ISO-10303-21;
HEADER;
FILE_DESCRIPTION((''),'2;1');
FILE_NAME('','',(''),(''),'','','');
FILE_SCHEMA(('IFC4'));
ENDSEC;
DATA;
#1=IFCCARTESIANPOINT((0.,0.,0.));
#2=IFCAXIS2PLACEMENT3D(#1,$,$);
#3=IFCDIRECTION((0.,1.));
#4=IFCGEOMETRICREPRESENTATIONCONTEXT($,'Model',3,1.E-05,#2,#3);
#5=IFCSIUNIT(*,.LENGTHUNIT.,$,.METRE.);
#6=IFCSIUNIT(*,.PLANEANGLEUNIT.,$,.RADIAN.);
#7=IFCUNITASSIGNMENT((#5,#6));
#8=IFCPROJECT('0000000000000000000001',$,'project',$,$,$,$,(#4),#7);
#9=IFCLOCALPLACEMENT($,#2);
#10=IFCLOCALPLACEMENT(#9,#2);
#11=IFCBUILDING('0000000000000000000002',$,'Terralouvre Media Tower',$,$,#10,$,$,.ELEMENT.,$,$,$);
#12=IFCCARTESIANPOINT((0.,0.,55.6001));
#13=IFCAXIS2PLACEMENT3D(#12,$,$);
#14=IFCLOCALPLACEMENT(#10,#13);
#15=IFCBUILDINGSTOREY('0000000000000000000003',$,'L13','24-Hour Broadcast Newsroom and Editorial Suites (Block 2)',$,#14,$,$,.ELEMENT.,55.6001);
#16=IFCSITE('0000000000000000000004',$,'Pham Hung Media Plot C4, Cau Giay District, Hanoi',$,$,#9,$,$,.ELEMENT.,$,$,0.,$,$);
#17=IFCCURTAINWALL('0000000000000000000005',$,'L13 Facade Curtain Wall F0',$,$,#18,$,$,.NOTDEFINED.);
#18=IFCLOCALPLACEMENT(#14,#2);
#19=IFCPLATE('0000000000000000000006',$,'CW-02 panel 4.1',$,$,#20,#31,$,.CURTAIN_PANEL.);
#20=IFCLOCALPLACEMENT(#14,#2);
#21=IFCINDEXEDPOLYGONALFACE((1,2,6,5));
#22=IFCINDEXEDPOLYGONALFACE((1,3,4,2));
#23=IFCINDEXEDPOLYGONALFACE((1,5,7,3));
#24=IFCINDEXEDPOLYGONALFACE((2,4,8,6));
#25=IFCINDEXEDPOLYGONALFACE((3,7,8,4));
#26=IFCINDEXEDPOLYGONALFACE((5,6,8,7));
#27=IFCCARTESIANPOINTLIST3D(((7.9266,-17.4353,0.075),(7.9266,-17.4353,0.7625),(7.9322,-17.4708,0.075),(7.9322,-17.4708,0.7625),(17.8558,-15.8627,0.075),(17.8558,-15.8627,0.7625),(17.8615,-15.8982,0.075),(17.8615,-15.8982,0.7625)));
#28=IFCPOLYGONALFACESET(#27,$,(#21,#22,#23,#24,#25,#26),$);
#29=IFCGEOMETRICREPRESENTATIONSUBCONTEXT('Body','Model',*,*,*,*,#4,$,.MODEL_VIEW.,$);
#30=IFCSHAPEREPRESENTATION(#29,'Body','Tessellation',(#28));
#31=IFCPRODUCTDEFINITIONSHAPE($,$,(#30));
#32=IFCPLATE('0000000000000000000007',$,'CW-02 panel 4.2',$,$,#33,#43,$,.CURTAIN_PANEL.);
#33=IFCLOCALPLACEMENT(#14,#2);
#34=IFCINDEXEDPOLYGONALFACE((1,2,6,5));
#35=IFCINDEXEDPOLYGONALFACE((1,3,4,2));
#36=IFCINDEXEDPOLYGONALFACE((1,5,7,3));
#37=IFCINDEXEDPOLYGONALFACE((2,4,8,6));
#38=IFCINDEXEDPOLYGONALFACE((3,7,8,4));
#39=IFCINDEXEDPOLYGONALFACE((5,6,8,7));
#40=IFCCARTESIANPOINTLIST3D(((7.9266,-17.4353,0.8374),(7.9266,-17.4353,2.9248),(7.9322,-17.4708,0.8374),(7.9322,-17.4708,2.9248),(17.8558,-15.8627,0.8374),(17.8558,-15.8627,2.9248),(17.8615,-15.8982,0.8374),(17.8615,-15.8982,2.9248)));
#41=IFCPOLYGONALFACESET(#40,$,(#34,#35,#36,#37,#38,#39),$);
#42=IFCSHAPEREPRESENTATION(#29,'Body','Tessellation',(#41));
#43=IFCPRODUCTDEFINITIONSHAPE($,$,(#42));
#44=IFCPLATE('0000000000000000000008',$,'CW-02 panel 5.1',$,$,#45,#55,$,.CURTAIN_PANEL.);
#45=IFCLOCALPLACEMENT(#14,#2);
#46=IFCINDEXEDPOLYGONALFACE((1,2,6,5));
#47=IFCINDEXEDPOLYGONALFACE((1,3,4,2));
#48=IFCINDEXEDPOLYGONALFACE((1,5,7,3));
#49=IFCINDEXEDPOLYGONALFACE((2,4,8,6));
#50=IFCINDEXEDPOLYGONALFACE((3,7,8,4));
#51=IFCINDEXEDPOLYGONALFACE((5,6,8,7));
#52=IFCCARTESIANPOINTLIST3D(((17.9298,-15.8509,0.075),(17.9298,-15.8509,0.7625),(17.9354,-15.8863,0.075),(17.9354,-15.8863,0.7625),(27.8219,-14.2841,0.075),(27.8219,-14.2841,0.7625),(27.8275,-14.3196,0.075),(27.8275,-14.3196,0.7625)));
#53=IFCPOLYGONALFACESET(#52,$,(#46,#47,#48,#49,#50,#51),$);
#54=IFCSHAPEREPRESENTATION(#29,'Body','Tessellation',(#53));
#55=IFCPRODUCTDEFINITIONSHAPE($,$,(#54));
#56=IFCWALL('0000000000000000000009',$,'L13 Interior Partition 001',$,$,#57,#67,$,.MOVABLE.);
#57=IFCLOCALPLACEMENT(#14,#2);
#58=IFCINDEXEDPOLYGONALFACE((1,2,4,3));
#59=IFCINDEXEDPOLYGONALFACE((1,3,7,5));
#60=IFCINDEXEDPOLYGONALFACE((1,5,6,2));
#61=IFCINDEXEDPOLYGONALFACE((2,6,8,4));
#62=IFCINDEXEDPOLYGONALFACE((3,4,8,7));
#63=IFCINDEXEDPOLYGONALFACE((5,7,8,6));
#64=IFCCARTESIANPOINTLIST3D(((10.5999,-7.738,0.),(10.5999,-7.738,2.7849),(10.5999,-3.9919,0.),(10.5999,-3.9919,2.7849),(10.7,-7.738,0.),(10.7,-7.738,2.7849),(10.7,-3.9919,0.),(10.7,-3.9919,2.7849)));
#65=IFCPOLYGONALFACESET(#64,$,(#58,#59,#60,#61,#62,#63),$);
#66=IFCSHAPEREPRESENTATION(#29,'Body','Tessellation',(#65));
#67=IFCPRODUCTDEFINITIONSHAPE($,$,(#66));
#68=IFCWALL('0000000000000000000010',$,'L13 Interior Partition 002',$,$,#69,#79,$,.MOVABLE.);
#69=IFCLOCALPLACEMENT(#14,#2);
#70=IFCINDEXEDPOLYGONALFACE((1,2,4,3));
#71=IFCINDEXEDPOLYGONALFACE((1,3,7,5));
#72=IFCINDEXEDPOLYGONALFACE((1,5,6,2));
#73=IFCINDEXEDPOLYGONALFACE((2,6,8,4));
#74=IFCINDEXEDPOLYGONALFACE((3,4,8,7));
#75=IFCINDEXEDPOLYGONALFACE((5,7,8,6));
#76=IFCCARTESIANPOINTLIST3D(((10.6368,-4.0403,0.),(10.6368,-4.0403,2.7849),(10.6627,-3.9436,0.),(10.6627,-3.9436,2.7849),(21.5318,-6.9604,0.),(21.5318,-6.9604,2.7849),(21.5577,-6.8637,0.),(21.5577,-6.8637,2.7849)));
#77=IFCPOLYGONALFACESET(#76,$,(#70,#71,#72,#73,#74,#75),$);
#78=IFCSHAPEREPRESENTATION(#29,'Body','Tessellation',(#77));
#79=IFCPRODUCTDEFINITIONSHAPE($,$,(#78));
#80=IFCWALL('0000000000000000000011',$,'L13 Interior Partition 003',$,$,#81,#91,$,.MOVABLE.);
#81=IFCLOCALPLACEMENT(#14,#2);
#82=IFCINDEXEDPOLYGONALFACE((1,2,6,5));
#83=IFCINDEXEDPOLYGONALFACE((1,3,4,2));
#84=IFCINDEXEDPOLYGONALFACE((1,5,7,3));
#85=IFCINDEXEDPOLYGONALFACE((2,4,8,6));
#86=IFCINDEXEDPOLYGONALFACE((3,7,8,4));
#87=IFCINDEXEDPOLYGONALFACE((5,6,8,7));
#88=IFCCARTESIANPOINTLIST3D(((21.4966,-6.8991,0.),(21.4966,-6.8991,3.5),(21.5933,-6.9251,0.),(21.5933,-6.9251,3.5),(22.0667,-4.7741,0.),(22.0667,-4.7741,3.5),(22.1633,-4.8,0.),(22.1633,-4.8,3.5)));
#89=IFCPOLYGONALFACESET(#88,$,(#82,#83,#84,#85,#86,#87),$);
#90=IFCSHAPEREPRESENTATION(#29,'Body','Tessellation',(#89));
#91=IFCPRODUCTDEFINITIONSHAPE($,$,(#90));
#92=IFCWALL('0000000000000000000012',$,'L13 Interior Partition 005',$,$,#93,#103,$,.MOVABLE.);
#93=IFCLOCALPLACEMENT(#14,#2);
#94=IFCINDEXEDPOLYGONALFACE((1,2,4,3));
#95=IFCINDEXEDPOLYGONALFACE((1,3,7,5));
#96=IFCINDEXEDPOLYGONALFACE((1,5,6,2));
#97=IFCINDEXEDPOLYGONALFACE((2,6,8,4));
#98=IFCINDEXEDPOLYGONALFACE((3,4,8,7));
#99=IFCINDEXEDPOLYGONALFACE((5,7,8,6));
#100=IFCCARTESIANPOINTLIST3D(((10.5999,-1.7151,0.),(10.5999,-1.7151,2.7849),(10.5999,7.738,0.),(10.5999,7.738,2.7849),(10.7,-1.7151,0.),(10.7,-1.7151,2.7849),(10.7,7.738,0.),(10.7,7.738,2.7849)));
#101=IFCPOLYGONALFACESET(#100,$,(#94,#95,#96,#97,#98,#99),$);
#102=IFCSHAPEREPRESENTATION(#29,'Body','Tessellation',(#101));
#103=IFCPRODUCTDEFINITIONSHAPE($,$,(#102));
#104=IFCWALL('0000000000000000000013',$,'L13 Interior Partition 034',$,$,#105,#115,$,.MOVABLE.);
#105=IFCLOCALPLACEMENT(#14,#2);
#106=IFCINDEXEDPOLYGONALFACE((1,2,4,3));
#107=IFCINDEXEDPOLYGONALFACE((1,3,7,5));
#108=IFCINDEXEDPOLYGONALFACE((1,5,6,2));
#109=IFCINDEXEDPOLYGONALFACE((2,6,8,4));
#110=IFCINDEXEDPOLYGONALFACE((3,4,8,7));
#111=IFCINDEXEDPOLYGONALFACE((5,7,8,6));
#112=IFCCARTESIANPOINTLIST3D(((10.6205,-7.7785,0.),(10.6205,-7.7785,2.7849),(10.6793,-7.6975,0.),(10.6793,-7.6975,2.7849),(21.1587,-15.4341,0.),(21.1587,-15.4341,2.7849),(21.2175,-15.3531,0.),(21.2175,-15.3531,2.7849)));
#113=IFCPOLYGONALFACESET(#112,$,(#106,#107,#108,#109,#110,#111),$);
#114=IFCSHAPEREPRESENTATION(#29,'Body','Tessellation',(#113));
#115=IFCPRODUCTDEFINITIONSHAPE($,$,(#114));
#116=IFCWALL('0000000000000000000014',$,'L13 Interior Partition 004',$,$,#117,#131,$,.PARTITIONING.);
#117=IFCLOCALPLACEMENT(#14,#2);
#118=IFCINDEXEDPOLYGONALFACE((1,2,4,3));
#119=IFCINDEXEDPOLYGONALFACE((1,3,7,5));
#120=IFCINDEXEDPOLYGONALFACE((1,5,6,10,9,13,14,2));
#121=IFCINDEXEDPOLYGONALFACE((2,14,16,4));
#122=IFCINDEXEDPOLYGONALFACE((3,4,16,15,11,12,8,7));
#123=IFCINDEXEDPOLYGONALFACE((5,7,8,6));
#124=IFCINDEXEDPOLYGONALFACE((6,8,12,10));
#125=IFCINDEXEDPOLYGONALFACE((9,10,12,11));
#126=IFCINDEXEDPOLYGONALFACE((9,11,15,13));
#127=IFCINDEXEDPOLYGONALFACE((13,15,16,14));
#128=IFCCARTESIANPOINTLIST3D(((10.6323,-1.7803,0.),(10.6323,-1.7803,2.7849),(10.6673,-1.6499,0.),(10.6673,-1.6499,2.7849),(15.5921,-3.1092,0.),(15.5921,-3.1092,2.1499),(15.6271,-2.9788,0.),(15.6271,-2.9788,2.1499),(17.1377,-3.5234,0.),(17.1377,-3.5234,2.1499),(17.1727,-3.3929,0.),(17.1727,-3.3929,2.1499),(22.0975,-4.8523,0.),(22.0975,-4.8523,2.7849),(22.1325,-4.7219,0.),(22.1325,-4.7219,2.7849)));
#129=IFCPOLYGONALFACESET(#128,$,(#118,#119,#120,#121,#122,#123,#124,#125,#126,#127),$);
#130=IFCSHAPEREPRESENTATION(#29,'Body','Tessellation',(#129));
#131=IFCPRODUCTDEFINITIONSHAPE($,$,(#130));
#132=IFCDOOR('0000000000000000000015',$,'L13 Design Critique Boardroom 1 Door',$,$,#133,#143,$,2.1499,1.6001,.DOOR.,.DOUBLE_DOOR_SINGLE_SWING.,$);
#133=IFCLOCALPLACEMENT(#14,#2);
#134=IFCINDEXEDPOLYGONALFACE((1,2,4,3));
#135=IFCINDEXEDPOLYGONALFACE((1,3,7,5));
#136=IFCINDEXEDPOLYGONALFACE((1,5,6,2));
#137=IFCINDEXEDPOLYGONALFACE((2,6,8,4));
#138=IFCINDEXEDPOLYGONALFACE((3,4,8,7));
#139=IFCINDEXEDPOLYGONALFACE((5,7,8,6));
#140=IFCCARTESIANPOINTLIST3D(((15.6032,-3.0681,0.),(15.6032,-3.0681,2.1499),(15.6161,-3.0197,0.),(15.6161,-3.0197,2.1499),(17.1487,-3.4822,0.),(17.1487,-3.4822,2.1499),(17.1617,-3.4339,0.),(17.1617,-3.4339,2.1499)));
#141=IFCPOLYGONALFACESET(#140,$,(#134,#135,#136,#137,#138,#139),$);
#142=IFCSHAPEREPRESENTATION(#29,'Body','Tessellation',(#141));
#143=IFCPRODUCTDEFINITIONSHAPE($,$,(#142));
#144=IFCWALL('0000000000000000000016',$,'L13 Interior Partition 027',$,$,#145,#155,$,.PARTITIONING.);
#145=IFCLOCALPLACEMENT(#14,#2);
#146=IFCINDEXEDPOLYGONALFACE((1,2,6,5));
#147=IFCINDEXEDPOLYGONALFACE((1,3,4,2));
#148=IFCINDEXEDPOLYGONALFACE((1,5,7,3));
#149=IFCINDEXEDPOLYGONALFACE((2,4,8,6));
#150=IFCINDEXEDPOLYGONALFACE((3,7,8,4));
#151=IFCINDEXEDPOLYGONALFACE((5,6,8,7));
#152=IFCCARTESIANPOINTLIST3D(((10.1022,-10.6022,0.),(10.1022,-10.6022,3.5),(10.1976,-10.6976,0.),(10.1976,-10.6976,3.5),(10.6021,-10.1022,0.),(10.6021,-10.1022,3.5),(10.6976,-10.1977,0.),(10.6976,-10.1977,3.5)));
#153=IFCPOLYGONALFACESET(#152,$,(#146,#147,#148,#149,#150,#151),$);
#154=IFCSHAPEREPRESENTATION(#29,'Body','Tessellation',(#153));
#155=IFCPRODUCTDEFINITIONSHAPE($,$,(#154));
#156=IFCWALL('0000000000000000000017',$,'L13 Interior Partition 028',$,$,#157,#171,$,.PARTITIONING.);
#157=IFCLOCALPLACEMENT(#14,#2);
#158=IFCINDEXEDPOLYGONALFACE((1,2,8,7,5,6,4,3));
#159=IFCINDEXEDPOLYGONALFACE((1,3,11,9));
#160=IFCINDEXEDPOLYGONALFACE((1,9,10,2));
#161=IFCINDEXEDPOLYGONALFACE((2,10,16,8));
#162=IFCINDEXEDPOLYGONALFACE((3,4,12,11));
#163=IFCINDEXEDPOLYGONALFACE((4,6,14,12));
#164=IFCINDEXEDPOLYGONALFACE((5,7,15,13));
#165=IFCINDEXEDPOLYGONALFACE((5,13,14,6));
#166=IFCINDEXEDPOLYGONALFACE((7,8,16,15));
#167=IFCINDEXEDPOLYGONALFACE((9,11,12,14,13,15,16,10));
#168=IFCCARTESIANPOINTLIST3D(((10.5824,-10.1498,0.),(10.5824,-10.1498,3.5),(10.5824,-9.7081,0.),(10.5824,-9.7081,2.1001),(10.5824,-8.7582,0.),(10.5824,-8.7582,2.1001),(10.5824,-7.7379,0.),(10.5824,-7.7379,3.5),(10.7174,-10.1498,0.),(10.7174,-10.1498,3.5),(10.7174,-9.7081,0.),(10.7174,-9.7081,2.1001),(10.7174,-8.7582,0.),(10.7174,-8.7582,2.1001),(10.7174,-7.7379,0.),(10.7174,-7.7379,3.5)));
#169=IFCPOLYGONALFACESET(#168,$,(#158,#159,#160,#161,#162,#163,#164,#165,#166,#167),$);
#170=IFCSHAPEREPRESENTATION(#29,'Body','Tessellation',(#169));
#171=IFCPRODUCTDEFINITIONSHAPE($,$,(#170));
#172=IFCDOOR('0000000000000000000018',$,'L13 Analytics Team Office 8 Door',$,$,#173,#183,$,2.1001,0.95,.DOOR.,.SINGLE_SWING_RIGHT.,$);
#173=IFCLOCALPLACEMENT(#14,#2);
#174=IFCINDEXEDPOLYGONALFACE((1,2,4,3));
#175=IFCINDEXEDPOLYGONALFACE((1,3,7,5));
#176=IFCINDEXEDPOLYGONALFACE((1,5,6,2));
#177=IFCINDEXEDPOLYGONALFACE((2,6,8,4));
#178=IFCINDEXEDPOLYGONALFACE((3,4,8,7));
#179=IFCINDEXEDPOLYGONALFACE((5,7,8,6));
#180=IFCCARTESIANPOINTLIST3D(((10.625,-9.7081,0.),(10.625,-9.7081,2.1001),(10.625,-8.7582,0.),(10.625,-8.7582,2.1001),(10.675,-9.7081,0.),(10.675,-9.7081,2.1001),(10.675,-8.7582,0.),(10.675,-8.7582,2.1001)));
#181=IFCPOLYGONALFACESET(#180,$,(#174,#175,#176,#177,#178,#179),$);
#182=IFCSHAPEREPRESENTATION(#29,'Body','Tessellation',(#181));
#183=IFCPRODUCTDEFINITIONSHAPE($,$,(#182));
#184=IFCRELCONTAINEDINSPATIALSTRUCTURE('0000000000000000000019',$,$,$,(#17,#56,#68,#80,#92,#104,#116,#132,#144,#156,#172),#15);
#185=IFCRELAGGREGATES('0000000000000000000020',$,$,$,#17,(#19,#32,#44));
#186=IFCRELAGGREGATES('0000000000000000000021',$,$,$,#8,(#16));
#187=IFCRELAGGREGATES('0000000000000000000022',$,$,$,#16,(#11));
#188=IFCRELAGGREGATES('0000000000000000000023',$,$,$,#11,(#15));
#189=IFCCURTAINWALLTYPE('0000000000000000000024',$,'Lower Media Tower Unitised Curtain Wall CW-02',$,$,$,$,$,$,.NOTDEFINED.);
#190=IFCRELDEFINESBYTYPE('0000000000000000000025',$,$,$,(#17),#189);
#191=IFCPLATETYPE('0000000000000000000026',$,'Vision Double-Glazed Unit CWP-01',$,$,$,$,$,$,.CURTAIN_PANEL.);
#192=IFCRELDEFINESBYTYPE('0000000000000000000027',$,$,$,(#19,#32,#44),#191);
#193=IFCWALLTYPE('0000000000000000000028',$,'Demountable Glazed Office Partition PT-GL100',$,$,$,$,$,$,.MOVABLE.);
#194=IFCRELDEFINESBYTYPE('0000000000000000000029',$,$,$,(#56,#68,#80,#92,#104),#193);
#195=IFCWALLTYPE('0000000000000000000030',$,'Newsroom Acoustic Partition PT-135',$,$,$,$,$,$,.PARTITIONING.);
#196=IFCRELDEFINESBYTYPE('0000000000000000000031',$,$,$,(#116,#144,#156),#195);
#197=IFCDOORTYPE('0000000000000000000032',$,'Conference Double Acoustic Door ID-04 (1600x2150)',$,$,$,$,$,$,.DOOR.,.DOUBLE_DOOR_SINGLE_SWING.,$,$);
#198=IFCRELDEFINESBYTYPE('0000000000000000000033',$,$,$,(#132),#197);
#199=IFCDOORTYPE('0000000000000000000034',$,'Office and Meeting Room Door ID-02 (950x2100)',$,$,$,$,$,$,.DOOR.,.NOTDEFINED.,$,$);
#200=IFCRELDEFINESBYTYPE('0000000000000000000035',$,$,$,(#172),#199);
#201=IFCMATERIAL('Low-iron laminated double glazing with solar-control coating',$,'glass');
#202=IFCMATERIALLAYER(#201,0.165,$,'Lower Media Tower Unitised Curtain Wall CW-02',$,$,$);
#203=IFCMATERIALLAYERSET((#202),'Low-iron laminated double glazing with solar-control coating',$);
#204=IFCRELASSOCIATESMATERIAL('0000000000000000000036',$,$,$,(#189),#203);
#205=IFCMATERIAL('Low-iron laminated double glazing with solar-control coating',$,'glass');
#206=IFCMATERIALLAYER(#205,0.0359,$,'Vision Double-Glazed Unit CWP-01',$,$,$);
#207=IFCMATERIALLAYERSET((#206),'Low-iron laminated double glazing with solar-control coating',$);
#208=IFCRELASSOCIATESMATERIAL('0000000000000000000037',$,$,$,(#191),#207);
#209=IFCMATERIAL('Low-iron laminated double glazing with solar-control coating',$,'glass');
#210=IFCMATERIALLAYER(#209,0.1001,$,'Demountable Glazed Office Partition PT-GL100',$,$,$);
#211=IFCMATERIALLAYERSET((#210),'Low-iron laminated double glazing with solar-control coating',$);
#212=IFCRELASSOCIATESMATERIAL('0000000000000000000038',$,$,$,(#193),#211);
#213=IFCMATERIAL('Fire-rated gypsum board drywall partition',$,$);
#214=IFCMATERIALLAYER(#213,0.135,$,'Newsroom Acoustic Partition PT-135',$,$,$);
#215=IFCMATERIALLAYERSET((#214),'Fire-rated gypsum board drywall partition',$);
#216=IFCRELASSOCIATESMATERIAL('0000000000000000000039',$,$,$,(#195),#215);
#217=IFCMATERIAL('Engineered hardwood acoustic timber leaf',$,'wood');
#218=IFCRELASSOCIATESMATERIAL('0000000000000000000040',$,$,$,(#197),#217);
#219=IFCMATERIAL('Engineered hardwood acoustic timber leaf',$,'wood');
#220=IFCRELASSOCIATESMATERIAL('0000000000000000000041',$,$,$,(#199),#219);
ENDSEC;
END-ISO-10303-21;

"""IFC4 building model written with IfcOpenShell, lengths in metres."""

from ifc_helpers import new_model, si_unit, direction, frame, frame_2d, origin, origin_2d, place, context, subcontext, project, spatial, rectangle, extrude, material, layer, layer_set, type_object, element, fill, aggregate, save


model = new_model("IFC4")

# Units and contexts
model_context = context("Model", 3, precision=1e-05, world=origin(), true_north=direction((0.0, 1.0)))
body_context = subcontext(model_context, "Body", "Model", "MODEL_VIEW")
ifc_project = project(units=[si_unit("LENGTHUNIT", "METRE"), si_unit("PLANEANGLEUNIT", "RADIAN")], contexts=[model_context])

# Site, building, storey
site_placement = place(None, origin())
site = spatial("IfcSite", under=ifc_project, at=site_placement, Name="Pham Hung Media Plot C4, Cau Giay District, Hanoi", CompositionType="ELEMENT", RefElevation=0.0)
building_placement = place(site_placement, origin())
building = spatial("IfcBuilding", under=site, at=building_placement, Name="Terralouvre Media Tower", CompositionType="ELEMENT")
storey_placement = place(building_placement, frame((0.0, 0.0, 55.6001)))
storey = spatial("IfcBuildingStorey", under=building, at=storey_placement, Name="L13", Description="24-Hour Broadcast Newsroom and Editorial Suites (Block 2)", CompositionType="ELEMENT", Elevation=55.6001)

# Curtain wall
ifc_material_1 = material(Name="Low-iron laminated double glazing with solar-control coating", Category="glass")
ifc_layer_1 = layer(ifc_material_1, 0.165, Name="Lower Media Tower Unitised Curtain Wall CW-02")
ifc_layer_set_1 = layer_set([ifc_layer_1], Name="Low-iron laminated double glazing with solar-control coating")
curtain_wall_type = type_object("IfcCurtainWallType", Name="Lower Media Tower Unitised Curtain Wall CW-02", PredefinedType="NOTDEFINED", material=ifc_layer_set_1)
curtain_wall_placement = place(storey_placement, origin())
curtain_wall = element("IfcCurtainWall", 1, at=curtain_wall_placement, inside=storey, type_object=curtain_wall_type, Name="L13 Facade Curtain Wall F0", PredefinedType="NOTDEFINED")

# Plates
ifc_material_2 = material(Name="Low-iron laminated double glazing with solar-control coating", Category="glass")
ifc_layer_2 = layer(ifc_material_2, 0.0359, Name="Vision Double-Glazed Unit CWP-01")
ifc_layer_set_2 = layer_set([ifc_layer_2], Name="Low-iron laminated double glazing with solar-control coating")
plate_type = type_object("IfcPlateType", Name="Vision Double-Glazed Unit CWP-01", PredefinedType="CURTAIN_PANEL", material=ifc_layer_set_2)
plate_1_placement = place(storey_placement, frame((12.894, -16.6667, 0.075), z_axis=(0.0, 0.0, 1.0), x_axis=(0.987688, 0.156434, 0.0)))
plate_1 = element("IfcPlate", 2, at=plate_1_placement, type_object=plate_type, Name="CW-02 panel 4.1", PredefinedType="CURTAIN_PANEL", context=body_context, shape_type="SweptSolid", body=[
    extrude(rectangle(XDim=10.053, YDim=0.0359, at=origin_2d()), origin(), (0.0, 0.0, 1.0), 0.6875),
])
plate_2_placement = place(storey_placement, frame((12.894, -16.6667, 0.8374), z_axis=(0.0, 0.0, 1.0), x_axis=(0.987688, 0.156434, 0.0)))
plate_2 = element("IfcPlate", 3, at=plate_2_placement, type_object=plate_type, Name="CW-02 panel 4.2", PredefinedType="CURTAIN_PANEL", context=body_context, shape_type="SweptSolid", body=[
    extrude(rectangle(XDim=10.053, YDim=0.0359, at=origin_2d()), origin(), (0.0, 0.0, 1.0), 2.0874),
])
plate_3_placement = place(storey_placement, frame((22.8787, -15.0852, 0.075), z_axis=(0.0, 0.0, 1.0), x_axis=(0.987688, 0.156434, 0.0)))
plate_3 = element("IfcPlate", 4, at=plate_3_placement, type_object=plate_type, Name="CW-02 panel 5.1", PredefinedType="CURTAIN_PANEL", context=body_context, shape_type="SweptSolid", body=[
    extrude(rectangle(XDim=10.0154, YDim=0.0359, at=origin_2d()), origin(), (0.0, 0.0, 1.0), 0.6875),
])
aggregate(curtain_wall, [plate_1, plate_2, plate_3])

# Walls
ifc_material_3 = material(Name="Low-iron laminated double glazing with solar-control coating", Category="glass")
ifc_layer_3 = layer(ifc_material_3, 0.1001, Name="Demountable Glazed Office Partition PT-GL100")
ifc_layer_set_3 = layer_set([ifc_layer_3], Name="Low-iron laminated double glazing with solar-control coating")
wall_type_1 = type_object("IfcWallType", Name="Demountable Glazed Office Partition PT-GL100", PredefinedType="MOVABLE", material=ifc_layer_set_3)
wall_1_placement = place(storey_placement, frame((10.6499, -7.738, 0.0), z_axis=(0.0, 0.0, 1.0), x_axis=(0.0, 1.0, 0.0)))
element("IfcWall", 5, at=wall_1_placement, inside=storey, type_object=wall_type_1, Name="L13 Interior Partition 001", PredefinedType="MOVABLE", context=body_context, shape_type="SweptSolid", body=[
    extrude(rectangle(XDim=3.7461, YDim=0.1001, at=frame_2d((1.873, 0.0))), origin(), (0.0, 0.0, 1.0), 2.7849),
])
wall_2_placement = place(storey_placement, frame((10.6499, -3.9919, 0.0), z_axis=(0.0, 0.0, 1.0), x_axis=(0.965907, -0.25889, 0.0)))
element("IfcWall", 6, at=wall_2_placement, inside=storey, type_object=wall_type_1, Name="L13 Interior Partition 002", PredefinedType="MOVABLE", context=body_context, shape_type="SweptSolid", body=[
    extrude(rectangle(XDim=11.2795, YDim=0.1001, at=frame_2d((5.6396, 0.0))), origin(), (0.0, 0.0, 1.0), 2.7849),
])
wall_3_placement = place(storey_placement, frame((21.5449, -6.9121, 0.0), z_axis=(0.0, 0.0, 1.0), x_axis=(0.259106, 0.965849, 0.0)))
element("IfcWall", 7, at=wall_3_placement, inside=storey, type_object=wall_type_1, Name="L13 Interior Partition 003", PredefinedType="MOVABLE", context=body_context, shape_type="SweptSolid", body=[
    extrude(rectangle(XDim=2.2002, YDim=0.1001, at=frame_2d((1.1001, 0.0))), origin(), (0.0, 0.0, 1.0), 3.5),
])
wall_4_placement = place(storey_placement, frame((10.6499, -1.7151, 0.0), z_axis=(0.0, 0.0, 1.0), x_axis=(0.0, 1.0, 0.0)))
element("IfcWall", 8, at=wall_4_placement, inside=storey, type_object=wall_type_1, Name="L13 Interior Partition 005", PredefinedType="MOVABLE", context=body_context, shape_type="SweptSolid", body=[
    extrude(rectangle(XDim=9.4531, YDim=0.1001, at=frame_2d((4.7266, 0.0))), origin(), (0.0, 0.0, 1.0), 2.7849),
])
wall_5_placement = place(storey_placement, frame((10.6499, -7.738, 0.0), z_axis=(0.0, 0.0, 1.0), x_axis=(0.809048, -0.587743, 0.0)))
element("IfcWall", 9, at=wall_5_placement, inside=storey, type_object=wall_type_1, Name="L13 Interior Partition 034", PredefinedType="MOVABLE", context=body_context, shape_type="SweptSolid", body=[
    extrude(rectangle(XDim=13.0254, YDim=0.1001, at=frame_2d((6.5127, 0.0))), origin(), (0.0, 0.0, 1.0), 2.7849),
])

# Wall, opening, door
ifc_material_4 = material(Name="Fire-rated gypsum board drywall partition")
ifc_layer_4 = layer(ifc_material_4, 0.135, Name="Newsroom Acoustic Partition PT-135")
ifc_layer_set_4 = layer_set([ifc_layer_4], Name="Fire-rated gypsum board drywall partition")
wall_type_2 = type_object("IfcWallType", Name="Newsroom Acoustic Partition PT-135", PredefinedType="PARTITIONING", material=ifc_layer_set_4)
wall_6_placement = place(storey_placement, frame((22.115, -4.7871, 0.0), z_axis=(0.0, 0.0, 1.0), x_axis=(-0.965927, 0.258816, 0.0)))
wall_6 = element("IfcWall", 10, at=wall_6_placement, inside=storey, type_object=wall_type_2, Name="L13 Interior Partition 004", PredefinedType="PARTITIONING", context=body_context, shape_type="SweptSolid", body=[
    extrude(rectangle(XDim=11.8696, YDim=0.135, at=frame_2d((5.9348, 0.0))), origin(), (0.0, 0.0, 1.0), 2.7849),
])
opening_1_placement = place(wall_6_placement, frame((5.1348, 0.0, 0.0)))
opening_1 = element("IfcOpeningElement", 11, at=opening_1_placement, cuts=wall_6, PredefinedType="OPENING", context=body_context, shape_type="SweptSolid", body=[
    extrude(rectangle(XDim=1.6001, YDim=2.1499, at=frame_2d((0.8, 1.075))), frame((0.0, 0.0774, 0.0), z_axis=(0.0, -1.0, 0.0), x_axis=(1.0, 0.0, 0.0)), (0.0, 0.0, 1.0), 0.155),
])
ifc_material_5 = material(Name="Engineered hardwood acoustic timber leaf", Category="wood")
door_type_1 = type_object("IfcDoorType", Name="Conference Double Acoustic Door ID-04 (1600x2150)", OperationType="DOUBLE_DOOR_SINGLE_SWING", PredefinedType="DOOR", material=ifc_material_5)
door_1_placement = place(opening_1_placement, origin())
door_1 = element("IfcDoor", 12, at=door_1_placement, inside=storey, type_object=door_type_1, Name="L13 Design Critique Boardroom 1 Door", OperationType="DOUBLE_DOOR_SINGLE_SWING", OverallHeight=2.1499, OverallWidth=1.6001, PredefinedType="DOOR", context=body_context, shape_type="SweptSolid", body=[
    extrude(rectangle(XDim=1.6001, YDim=2.1499, at=frame_2d((0.8, 1.075))), frame((0.0, 0.0249, 0.0), z_axis=(0.0, -1.0, 0.0), x_axis=(1.0, 0.0, 0.0)), (0.0, 0.0, 1.0), 0.05),
])
fill(opening_1, door_1)

# Wall
wall_7_placement = place(storey_placement, frame((10.1499, -10.6499, 0.0), z_axis=(0.0, 0.0, 1.0), x_axis=(0.707107, 0.707107, 0.0)))
element("IfcWall", 13, at=wall_7_placement, inside=storey, type_object=wall_type_2, Name="L13 Interior Partition 027", PredefinedType="PARTITIONING", context=body_context, shape_type="SweptSolid", body=[
    extrude(rectangle(XDim=0.707, YDim=0.135, at=frame_2d((0.3535, 0.0))), origin(), (0.0, 0.0, 1.0), 3.5),
])

# Wall, opening, door
wall_8_placement = place(storey_placement, frame((10.6499, -10.1499, 0.0), z_axis=(0.0, 0.0, 1.0), x_axis=(0.0, 1.0, 0.0)))
wall_8 = element("IfcWall", 14, at=wall_8_placement, inside=storey, type_object=wall_type_2, Name="L13 Interior Partition 028", PredefinedType="PARTITIONING", context=body_context, shape_type="SweptSolid", body=[
    extrude(rectangle(XDim=2.4119, YDim=0.135, at=frame_2d((1.2061, 0.0))), origin(), (0.0, 0.0, 1.0), 3.5),
])
opening_2_placement = place(wall_8_placement, frame((0.4417, 0.0, 0.0)))
opening_2 = element("IfcOpeningElement", 15, at=opening_2_placement, cuts=wall_8, PredefinedType="OPENING", context=body_context, shape_type="SweptSolid", body=[
    extrude(rectangle(XDim=0.95, YDim=2.1001, at=frame_2d((0.4751, 1.05))), frame((0.0, 0.0774, 0.0), z_axis=(0.0, -1.0, 0.0), x_axis=(1.0, 0.0, 0.0)), (0.0, 0.0, 1.0), 0.155),
])
ifc_material_6 = material(Name="Engineered hardwood acoustic timber leaf", Category="wood")
door_type_2 = type_object("IfcDoorType", Name="Office and Meeting Room Door ID-02 (950x2100)", OperationType="NOTDEFINED", PredefinedType="DOOR", material=ifc_material_6)
door_2_placement = place(opening_2_placement, origin())
door_2 = element("IfcDoor", 16, at=door_2_placement, inside=storey, type_object=door_type_2, Name="L13 Analytics Team Office 8 Door", OperationType="SINGLE_SWING_RIGHT", OverallHeight=2.1001, OverallWidth=0.95, PredefinedType="DOOR", context=body_context, shape_type="SweptSolid", body=[
    extrude(rectangle(XDim=0.95, YDim=2.1001, at=frame_2d((0.4751, 1.05))), frame((0.0, 0.0249, 0.0), z_axis=(0.0, -1.0, 0.0), x_axis=(1.0, 0.0, 0.0)), (0.0, 0.0, 1.0), 0.05),
])
fill(opening_2, door_2)

save(model, "model.ifc")
